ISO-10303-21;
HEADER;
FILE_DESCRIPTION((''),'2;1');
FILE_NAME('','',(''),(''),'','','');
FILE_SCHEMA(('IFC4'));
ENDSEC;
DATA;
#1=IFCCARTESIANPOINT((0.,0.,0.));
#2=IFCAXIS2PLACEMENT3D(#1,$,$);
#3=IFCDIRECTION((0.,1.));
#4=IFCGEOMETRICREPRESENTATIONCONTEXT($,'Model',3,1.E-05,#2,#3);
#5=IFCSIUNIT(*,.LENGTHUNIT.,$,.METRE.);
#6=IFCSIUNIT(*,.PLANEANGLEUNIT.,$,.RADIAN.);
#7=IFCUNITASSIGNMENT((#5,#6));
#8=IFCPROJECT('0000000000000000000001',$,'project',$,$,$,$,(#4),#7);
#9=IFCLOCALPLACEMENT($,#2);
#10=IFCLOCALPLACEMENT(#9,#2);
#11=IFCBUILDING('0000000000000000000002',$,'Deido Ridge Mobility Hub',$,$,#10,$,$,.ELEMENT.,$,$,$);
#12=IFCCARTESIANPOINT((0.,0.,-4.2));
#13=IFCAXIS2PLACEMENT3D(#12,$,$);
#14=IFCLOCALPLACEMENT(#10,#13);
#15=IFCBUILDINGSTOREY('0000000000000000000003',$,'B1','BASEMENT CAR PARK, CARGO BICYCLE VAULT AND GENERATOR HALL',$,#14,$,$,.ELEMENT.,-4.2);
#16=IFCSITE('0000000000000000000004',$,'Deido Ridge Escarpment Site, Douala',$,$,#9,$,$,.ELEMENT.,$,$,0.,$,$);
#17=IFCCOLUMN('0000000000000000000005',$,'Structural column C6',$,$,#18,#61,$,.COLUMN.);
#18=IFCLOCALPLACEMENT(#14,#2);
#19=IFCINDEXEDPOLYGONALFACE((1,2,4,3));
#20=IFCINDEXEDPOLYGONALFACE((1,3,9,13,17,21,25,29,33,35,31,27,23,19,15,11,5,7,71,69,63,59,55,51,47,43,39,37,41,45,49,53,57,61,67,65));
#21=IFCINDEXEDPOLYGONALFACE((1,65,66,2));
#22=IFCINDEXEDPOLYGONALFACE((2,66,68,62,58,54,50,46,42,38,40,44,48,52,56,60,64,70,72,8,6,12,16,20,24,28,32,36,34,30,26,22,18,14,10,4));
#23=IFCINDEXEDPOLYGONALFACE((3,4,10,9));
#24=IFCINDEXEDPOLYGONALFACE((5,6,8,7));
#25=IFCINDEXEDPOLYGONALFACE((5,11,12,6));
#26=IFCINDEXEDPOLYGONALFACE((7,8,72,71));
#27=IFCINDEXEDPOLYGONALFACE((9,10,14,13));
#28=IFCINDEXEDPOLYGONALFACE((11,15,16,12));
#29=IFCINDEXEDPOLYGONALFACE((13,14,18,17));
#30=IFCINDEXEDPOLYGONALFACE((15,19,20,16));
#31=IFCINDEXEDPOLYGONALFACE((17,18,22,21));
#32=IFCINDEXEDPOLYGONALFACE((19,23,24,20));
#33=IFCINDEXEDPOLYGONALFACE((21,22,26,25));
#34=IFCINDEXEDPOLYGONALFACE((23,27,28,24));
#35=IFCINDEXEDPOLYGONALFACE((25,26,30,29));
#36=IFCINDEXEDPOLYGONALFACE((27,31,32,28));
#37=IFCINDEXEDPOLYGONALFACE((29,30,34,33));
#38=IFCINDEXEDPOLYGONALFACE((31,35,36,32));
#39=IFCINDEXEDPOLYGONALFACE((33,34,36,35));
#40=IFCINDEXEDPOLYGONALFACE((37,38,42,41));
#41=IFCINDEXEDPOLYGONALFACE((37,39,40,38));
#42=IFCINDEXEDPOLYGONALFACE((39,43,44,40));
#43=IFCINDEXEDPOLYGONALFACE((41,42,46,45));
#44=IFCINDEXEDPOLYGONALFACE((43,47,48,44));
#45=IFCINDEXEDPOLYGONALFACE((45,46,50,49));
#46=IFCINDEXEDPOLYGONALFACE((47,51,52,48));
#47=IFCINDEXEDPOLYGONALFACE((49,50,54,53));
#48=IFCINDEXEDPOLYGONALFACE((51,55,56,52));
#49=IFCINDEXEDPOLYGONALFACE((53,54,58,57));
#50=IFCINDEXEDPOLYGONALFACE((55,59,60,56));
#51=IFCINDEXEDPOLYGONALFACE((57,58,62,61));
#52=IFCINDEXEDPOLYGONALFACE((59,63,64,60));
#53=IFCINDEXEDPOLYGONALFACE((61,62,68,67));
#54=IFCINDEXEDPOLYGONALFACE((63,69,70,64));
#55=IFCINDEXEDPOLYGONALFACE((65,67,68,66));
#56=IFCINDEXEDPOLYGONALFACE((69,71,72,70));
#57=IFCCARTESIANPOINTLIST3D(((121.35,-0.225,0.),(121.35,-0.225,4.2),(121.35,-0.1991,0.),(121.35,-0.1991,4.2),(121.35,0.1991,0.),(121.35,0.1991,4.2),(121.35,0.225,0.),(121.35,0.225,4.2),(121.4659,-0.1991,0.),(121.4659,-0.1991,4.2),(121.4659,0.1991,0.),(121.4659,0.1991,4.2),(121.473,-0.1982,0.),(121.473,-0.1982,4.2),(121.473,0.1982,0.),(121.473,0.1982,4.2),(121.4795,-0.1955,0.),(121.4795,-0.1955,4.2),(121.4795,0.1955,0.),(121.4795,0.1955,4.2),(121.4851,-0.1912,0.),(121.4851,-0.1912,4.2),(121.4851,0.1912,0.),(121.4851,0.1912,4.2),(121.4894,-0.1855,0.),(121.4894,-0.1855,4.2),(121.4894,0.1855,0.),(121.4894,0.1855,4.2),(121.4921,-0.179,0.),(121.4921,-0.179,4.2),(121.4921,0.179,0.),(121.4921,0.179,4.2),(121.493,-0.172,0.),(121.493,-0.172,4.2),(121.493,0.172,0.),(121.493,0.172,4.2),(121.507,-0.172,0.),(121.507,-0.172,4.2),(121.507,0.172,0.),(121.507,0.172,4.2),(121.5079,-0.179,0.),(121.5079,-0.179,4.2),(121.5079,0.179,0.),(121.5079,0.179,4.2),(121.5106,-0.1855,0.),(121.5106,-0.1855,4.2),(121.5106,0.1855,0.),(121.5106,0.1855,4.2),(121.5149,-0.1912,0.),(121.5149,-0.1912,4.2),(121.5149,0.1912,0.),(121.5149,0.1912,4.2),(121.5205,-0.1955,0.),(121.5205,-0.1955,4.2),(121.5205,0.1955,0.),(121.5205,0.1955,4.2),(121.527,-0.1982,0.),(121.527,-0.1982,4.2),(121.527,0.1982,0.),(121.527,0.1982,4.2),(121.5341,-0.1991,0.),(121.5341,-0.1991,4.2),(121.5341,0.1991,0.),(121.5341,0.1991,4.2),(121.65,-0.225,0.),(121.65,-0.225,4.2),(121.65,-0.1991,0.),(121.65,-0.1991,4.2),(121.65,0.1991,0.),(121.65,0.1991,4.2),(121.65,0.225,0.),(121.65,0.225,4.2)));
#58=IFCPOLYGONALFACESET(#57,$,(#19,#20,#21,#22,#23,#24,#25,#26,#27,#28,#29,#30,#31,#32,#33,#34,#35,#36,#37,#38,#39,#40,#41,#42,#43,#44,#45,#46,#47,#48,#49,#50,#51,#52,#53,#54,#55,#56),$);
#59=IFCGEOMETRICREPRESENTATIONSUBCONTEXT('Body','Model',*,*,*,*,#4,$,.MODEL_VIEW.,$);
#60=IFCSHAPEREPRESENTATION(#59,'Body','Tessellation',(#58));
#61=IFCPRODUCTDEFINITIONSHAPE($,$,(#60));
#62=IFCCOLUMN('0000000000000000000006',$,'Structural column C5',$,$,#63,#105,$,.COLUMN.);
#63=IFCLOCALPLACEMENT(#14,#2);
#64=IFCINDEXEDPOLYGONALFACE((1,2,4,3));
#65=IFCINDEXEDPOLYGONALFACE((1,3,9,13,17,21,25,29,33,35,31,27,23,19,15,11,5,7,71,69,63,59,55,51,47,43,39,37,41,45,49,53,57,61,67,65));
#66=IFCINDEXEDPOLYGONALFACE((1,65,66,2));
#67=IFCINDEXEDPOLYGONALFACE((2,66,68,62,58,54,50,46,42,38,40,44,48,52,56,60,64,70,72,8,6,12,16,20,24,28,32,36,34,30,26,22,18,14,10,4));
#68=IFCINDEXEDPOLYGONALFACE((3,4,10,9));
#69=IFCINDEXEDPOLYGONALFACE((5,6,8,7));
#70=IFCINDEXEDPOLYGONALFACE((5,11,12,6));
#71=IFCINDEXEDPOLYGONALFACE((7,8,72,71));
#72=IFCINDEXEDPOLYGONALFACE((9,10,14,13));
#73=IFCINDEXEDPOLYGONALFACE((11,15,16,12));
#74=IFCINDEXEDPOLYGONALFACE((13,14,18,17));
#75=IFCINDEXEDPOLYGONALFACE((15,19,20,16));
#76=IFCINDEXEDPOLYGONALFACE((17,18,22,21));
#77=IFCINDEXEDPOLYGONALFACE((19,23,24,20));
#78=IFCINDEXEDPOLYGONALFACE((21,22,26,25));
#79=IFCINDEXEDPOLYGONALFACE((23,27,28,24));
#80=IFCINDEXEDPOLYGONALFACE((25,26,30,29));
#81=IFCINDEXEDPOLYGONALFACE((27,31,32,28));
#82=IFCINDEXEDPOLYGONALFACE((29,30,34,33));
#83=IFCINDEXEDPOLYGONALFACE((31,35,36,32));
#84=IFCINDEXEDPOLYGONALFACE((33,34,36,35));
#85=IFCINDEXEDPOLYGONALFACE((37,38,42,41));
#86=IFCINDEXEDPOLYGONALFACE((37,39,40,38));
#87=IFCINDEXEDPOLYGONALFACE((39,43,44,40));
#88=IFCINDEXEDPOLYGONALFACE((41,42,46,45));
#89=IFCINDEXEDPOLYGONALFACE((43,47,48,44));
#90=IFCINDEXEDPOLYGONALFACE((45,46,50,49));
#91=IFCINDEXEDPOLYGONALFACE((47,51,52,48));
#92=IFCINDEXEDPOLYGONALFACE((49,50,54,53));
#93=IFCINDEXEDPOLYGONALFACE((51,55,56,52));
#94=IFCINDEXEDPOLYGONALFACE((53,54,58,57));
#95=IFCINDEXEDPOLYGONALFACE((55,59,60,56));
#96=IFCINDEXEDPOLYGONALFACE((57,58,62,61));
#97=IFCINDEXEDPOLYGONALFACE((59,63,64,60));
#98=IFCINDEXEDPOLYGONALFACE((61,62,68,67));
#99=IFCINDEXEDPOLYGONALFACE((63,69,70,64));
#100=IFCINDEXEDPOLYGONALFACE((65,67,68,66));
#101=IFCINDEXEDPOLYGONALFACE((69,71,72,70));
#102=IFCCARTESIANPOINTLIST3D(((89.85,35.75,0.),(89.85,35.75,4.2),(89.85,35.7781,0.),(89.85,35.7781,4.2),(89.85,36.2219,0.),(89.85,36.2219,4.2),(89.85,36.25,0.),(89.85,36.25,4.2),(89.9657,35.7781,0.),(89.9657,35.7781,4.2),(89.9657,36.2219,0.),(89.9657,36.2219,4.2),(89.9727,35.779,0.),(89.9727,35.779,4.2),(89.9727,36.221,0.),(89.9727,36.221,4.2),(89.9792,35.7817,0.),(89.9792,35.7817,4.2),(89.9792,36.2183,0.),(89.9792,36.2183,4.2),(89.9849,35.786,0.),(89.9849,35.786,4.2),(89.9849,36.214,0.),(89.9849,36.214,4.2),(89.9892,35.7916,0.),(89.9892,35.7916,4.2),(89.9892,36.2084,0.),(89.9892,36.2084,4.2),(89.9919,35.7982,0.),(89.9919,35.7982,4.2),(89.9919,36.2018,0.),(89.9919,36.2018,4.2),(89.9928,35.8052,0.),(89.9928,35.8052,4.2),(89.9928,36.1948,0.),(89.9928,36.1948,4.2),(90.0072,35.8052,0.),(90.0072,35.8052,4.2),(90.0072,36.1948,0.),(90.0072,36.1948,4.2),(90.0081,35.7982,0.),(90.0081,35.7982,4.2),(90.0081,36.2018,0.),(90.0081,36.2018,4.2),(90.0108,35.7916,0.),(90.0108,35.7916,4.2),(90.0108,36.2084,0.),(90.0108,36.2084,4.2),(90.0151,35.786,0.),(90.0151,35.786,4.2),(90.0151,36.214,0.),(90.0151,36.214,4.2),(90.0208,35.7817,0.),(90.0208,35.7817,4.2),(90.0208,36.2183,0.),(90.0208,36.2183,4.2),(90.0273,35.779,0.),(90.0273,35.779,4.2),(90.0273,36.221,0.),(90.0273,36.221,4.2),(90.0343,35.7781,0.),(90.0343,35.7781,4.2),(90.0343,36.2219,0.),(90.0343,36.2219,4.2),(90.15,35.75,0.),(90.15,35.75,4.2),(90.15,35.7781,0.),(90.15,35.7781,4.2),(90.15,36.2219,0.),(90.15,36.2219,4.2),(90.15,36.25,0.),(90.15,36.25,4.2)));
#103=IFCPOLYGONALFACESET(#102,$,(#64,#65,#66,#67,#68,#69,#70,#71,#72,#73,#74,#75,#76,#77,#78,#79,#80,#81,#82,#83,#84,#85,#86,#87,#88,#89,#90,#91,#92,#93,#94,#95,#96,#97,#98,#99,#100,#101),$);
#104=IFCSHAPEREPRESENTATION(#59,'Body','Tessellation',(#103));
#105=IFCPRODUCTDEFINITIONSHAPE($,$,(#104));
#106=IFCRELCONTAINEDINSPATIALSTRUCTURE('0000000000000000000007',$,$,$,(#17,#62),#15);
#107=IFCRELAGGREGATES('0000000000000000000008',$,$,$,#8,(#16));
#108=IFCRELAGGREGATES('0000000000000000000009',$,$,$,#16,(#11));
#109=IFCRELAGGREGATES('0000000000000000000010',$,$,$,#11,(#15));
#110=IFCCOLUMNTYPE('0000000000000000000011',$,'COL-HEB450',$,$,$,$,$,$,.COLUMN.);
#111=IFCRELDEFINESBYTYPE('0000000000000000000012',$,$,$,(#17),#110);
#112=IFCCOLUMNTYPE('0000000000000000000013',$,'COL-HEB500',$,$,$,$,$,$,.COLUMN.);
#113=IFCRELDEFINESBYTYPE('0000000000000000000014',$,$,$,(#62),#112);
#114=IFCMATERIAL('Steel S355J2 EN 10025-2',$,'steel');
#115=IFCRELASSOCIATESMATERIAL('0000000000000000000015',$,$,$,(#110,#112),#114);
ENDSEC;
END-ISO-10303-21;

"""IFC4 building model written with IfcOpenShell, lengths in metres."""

from ifc_helpers import new_model, si_unit, direction, frame, origin, origin_2d, place, context, subcontext, project, spatial, i_section, extrude, material, material_profile, profile_set, type_object, element, save


model = new_model("IFC4")

# Units and contexts
model_context = context("Model", 3, precision=1e-05, world=origin(), true_north=direction((0.0, 1.0)))
body_context = subcontext(model_context, "Body", "Model", "MODEL_VIEW")
ifc_project = project(units=[si_unit("LENGTHUNIT", "METRE"), si_unit("PLANEANGLEUNIT", "RADIAN")], contexts=[model_context])

# Site, building, storey
site_placement = place(None, origin())
site = spatial("IfcSite", under=ifc_project, at=site_placement, Name="Deido Ridge Escarpment Site, Douala", CompositionType="ELEMENT", RefElevation=0.0)
building_placement = place(site_placement, origin())
building = spatial("IfcBuilding", under=site, at=building_placement, Name="Deido Ridge Mobility Hub", CompositionType="ELEMENT")
storey_placement = place(building_placement, frame((0.0, 0.0, -4.2)))
storey = spatial("IfcBuildingStorey", under=building, at=storey_placement, Name="B1", Description="BASEMENT CAR PARK, CARGO BICYCLE VAULT AND GENERATOR HALL", CompositionType="ELEMENT", Elevation=-4.2)

# Columns
ifc_material_1 = material(Name="Steel S355J2 EN 10025-2", Category="steel")
ifc_material_profile_1 = material_profile(ifc_material_1, i_section(OverallWidth=0.3, OverallDepth=0.45, WebThickness=0.0139, FlangeThickness=0.0259, FilletRadius=0.0271, at=origin_2d()), Name="HEB 450")
ifc_profile_set_1 = profile_set([ifc_material_profile_1], Name="Steel S355J2 EN 10025-2")
column_type_1 = type_object("IfcColumnType", Name="COL-HEB450", PredefinedType="COLUMN", material=ifc_profile_set_1)
column_1_placement = place(storey_placement, frame((121.5, 0.0, 0.0), z_axis=(0.0, 0.0, 1.0), x_axis=(1.0, 0.0, 0.0)))
element("IfcColumn", 1, at=column_1_placement, inside=storey, type_object=column_type_1, Name="Structural column C6", PredefinedType="COLUMN", context=body_context, shape_type="SweptSolid", body=[
    extrude(i_section(OverallWidth=0.3, OverallDepth=0.45, WebThickness=0.0139, FlangeThickness=0.0259, FilletRadius=0.0271, at=origin_2d()), origin(), (0.0, 0.0, 1.0), 4.2),
])
ifc_material_profile_2 = material_profile(ifc_material_1, i_section(OverallWidth=0.3, OverallDepth=0.5, WebThickness=0.0144, FlangeThickness=0.0281, FilletRadius=0.0271, at=origin_2d()), Name="HEB 500")
ifc_profile_set_2 = profile_set([ifc_material_profile_2], Name="Steel S355J2 EN 10025-2")
column_type_2 = type_object("IfcColumnType", Name="COL-HEB500", PredefinedType="COLUMN", material=ifc_profile_set_2)
column_2_placement = place(storey_placement, frame((90.0, 36.0, 0.0), z_axis=(0.0, 0.0, 1.0), x_axis=(1.0, 0.0, 0.0)))
element("IfcColumn", 2, at=column_2_placement, inside=storey, type_object=column_type_2, Name="Structural column C5", PredefinedType="COLUMN", context=body_context, shape_type="SweptSolid", body=[
    extrude(i_section(OverallWidth=0.3, OverallDepth=0.5, WebThickness=0.0144, FlangeThickness=0.0281, FilletRadius=0.0271, at=origin_2d()), origin(), (0.0, 0.0, 1.0), 4.2),
])

save(model, "model.ifc")
